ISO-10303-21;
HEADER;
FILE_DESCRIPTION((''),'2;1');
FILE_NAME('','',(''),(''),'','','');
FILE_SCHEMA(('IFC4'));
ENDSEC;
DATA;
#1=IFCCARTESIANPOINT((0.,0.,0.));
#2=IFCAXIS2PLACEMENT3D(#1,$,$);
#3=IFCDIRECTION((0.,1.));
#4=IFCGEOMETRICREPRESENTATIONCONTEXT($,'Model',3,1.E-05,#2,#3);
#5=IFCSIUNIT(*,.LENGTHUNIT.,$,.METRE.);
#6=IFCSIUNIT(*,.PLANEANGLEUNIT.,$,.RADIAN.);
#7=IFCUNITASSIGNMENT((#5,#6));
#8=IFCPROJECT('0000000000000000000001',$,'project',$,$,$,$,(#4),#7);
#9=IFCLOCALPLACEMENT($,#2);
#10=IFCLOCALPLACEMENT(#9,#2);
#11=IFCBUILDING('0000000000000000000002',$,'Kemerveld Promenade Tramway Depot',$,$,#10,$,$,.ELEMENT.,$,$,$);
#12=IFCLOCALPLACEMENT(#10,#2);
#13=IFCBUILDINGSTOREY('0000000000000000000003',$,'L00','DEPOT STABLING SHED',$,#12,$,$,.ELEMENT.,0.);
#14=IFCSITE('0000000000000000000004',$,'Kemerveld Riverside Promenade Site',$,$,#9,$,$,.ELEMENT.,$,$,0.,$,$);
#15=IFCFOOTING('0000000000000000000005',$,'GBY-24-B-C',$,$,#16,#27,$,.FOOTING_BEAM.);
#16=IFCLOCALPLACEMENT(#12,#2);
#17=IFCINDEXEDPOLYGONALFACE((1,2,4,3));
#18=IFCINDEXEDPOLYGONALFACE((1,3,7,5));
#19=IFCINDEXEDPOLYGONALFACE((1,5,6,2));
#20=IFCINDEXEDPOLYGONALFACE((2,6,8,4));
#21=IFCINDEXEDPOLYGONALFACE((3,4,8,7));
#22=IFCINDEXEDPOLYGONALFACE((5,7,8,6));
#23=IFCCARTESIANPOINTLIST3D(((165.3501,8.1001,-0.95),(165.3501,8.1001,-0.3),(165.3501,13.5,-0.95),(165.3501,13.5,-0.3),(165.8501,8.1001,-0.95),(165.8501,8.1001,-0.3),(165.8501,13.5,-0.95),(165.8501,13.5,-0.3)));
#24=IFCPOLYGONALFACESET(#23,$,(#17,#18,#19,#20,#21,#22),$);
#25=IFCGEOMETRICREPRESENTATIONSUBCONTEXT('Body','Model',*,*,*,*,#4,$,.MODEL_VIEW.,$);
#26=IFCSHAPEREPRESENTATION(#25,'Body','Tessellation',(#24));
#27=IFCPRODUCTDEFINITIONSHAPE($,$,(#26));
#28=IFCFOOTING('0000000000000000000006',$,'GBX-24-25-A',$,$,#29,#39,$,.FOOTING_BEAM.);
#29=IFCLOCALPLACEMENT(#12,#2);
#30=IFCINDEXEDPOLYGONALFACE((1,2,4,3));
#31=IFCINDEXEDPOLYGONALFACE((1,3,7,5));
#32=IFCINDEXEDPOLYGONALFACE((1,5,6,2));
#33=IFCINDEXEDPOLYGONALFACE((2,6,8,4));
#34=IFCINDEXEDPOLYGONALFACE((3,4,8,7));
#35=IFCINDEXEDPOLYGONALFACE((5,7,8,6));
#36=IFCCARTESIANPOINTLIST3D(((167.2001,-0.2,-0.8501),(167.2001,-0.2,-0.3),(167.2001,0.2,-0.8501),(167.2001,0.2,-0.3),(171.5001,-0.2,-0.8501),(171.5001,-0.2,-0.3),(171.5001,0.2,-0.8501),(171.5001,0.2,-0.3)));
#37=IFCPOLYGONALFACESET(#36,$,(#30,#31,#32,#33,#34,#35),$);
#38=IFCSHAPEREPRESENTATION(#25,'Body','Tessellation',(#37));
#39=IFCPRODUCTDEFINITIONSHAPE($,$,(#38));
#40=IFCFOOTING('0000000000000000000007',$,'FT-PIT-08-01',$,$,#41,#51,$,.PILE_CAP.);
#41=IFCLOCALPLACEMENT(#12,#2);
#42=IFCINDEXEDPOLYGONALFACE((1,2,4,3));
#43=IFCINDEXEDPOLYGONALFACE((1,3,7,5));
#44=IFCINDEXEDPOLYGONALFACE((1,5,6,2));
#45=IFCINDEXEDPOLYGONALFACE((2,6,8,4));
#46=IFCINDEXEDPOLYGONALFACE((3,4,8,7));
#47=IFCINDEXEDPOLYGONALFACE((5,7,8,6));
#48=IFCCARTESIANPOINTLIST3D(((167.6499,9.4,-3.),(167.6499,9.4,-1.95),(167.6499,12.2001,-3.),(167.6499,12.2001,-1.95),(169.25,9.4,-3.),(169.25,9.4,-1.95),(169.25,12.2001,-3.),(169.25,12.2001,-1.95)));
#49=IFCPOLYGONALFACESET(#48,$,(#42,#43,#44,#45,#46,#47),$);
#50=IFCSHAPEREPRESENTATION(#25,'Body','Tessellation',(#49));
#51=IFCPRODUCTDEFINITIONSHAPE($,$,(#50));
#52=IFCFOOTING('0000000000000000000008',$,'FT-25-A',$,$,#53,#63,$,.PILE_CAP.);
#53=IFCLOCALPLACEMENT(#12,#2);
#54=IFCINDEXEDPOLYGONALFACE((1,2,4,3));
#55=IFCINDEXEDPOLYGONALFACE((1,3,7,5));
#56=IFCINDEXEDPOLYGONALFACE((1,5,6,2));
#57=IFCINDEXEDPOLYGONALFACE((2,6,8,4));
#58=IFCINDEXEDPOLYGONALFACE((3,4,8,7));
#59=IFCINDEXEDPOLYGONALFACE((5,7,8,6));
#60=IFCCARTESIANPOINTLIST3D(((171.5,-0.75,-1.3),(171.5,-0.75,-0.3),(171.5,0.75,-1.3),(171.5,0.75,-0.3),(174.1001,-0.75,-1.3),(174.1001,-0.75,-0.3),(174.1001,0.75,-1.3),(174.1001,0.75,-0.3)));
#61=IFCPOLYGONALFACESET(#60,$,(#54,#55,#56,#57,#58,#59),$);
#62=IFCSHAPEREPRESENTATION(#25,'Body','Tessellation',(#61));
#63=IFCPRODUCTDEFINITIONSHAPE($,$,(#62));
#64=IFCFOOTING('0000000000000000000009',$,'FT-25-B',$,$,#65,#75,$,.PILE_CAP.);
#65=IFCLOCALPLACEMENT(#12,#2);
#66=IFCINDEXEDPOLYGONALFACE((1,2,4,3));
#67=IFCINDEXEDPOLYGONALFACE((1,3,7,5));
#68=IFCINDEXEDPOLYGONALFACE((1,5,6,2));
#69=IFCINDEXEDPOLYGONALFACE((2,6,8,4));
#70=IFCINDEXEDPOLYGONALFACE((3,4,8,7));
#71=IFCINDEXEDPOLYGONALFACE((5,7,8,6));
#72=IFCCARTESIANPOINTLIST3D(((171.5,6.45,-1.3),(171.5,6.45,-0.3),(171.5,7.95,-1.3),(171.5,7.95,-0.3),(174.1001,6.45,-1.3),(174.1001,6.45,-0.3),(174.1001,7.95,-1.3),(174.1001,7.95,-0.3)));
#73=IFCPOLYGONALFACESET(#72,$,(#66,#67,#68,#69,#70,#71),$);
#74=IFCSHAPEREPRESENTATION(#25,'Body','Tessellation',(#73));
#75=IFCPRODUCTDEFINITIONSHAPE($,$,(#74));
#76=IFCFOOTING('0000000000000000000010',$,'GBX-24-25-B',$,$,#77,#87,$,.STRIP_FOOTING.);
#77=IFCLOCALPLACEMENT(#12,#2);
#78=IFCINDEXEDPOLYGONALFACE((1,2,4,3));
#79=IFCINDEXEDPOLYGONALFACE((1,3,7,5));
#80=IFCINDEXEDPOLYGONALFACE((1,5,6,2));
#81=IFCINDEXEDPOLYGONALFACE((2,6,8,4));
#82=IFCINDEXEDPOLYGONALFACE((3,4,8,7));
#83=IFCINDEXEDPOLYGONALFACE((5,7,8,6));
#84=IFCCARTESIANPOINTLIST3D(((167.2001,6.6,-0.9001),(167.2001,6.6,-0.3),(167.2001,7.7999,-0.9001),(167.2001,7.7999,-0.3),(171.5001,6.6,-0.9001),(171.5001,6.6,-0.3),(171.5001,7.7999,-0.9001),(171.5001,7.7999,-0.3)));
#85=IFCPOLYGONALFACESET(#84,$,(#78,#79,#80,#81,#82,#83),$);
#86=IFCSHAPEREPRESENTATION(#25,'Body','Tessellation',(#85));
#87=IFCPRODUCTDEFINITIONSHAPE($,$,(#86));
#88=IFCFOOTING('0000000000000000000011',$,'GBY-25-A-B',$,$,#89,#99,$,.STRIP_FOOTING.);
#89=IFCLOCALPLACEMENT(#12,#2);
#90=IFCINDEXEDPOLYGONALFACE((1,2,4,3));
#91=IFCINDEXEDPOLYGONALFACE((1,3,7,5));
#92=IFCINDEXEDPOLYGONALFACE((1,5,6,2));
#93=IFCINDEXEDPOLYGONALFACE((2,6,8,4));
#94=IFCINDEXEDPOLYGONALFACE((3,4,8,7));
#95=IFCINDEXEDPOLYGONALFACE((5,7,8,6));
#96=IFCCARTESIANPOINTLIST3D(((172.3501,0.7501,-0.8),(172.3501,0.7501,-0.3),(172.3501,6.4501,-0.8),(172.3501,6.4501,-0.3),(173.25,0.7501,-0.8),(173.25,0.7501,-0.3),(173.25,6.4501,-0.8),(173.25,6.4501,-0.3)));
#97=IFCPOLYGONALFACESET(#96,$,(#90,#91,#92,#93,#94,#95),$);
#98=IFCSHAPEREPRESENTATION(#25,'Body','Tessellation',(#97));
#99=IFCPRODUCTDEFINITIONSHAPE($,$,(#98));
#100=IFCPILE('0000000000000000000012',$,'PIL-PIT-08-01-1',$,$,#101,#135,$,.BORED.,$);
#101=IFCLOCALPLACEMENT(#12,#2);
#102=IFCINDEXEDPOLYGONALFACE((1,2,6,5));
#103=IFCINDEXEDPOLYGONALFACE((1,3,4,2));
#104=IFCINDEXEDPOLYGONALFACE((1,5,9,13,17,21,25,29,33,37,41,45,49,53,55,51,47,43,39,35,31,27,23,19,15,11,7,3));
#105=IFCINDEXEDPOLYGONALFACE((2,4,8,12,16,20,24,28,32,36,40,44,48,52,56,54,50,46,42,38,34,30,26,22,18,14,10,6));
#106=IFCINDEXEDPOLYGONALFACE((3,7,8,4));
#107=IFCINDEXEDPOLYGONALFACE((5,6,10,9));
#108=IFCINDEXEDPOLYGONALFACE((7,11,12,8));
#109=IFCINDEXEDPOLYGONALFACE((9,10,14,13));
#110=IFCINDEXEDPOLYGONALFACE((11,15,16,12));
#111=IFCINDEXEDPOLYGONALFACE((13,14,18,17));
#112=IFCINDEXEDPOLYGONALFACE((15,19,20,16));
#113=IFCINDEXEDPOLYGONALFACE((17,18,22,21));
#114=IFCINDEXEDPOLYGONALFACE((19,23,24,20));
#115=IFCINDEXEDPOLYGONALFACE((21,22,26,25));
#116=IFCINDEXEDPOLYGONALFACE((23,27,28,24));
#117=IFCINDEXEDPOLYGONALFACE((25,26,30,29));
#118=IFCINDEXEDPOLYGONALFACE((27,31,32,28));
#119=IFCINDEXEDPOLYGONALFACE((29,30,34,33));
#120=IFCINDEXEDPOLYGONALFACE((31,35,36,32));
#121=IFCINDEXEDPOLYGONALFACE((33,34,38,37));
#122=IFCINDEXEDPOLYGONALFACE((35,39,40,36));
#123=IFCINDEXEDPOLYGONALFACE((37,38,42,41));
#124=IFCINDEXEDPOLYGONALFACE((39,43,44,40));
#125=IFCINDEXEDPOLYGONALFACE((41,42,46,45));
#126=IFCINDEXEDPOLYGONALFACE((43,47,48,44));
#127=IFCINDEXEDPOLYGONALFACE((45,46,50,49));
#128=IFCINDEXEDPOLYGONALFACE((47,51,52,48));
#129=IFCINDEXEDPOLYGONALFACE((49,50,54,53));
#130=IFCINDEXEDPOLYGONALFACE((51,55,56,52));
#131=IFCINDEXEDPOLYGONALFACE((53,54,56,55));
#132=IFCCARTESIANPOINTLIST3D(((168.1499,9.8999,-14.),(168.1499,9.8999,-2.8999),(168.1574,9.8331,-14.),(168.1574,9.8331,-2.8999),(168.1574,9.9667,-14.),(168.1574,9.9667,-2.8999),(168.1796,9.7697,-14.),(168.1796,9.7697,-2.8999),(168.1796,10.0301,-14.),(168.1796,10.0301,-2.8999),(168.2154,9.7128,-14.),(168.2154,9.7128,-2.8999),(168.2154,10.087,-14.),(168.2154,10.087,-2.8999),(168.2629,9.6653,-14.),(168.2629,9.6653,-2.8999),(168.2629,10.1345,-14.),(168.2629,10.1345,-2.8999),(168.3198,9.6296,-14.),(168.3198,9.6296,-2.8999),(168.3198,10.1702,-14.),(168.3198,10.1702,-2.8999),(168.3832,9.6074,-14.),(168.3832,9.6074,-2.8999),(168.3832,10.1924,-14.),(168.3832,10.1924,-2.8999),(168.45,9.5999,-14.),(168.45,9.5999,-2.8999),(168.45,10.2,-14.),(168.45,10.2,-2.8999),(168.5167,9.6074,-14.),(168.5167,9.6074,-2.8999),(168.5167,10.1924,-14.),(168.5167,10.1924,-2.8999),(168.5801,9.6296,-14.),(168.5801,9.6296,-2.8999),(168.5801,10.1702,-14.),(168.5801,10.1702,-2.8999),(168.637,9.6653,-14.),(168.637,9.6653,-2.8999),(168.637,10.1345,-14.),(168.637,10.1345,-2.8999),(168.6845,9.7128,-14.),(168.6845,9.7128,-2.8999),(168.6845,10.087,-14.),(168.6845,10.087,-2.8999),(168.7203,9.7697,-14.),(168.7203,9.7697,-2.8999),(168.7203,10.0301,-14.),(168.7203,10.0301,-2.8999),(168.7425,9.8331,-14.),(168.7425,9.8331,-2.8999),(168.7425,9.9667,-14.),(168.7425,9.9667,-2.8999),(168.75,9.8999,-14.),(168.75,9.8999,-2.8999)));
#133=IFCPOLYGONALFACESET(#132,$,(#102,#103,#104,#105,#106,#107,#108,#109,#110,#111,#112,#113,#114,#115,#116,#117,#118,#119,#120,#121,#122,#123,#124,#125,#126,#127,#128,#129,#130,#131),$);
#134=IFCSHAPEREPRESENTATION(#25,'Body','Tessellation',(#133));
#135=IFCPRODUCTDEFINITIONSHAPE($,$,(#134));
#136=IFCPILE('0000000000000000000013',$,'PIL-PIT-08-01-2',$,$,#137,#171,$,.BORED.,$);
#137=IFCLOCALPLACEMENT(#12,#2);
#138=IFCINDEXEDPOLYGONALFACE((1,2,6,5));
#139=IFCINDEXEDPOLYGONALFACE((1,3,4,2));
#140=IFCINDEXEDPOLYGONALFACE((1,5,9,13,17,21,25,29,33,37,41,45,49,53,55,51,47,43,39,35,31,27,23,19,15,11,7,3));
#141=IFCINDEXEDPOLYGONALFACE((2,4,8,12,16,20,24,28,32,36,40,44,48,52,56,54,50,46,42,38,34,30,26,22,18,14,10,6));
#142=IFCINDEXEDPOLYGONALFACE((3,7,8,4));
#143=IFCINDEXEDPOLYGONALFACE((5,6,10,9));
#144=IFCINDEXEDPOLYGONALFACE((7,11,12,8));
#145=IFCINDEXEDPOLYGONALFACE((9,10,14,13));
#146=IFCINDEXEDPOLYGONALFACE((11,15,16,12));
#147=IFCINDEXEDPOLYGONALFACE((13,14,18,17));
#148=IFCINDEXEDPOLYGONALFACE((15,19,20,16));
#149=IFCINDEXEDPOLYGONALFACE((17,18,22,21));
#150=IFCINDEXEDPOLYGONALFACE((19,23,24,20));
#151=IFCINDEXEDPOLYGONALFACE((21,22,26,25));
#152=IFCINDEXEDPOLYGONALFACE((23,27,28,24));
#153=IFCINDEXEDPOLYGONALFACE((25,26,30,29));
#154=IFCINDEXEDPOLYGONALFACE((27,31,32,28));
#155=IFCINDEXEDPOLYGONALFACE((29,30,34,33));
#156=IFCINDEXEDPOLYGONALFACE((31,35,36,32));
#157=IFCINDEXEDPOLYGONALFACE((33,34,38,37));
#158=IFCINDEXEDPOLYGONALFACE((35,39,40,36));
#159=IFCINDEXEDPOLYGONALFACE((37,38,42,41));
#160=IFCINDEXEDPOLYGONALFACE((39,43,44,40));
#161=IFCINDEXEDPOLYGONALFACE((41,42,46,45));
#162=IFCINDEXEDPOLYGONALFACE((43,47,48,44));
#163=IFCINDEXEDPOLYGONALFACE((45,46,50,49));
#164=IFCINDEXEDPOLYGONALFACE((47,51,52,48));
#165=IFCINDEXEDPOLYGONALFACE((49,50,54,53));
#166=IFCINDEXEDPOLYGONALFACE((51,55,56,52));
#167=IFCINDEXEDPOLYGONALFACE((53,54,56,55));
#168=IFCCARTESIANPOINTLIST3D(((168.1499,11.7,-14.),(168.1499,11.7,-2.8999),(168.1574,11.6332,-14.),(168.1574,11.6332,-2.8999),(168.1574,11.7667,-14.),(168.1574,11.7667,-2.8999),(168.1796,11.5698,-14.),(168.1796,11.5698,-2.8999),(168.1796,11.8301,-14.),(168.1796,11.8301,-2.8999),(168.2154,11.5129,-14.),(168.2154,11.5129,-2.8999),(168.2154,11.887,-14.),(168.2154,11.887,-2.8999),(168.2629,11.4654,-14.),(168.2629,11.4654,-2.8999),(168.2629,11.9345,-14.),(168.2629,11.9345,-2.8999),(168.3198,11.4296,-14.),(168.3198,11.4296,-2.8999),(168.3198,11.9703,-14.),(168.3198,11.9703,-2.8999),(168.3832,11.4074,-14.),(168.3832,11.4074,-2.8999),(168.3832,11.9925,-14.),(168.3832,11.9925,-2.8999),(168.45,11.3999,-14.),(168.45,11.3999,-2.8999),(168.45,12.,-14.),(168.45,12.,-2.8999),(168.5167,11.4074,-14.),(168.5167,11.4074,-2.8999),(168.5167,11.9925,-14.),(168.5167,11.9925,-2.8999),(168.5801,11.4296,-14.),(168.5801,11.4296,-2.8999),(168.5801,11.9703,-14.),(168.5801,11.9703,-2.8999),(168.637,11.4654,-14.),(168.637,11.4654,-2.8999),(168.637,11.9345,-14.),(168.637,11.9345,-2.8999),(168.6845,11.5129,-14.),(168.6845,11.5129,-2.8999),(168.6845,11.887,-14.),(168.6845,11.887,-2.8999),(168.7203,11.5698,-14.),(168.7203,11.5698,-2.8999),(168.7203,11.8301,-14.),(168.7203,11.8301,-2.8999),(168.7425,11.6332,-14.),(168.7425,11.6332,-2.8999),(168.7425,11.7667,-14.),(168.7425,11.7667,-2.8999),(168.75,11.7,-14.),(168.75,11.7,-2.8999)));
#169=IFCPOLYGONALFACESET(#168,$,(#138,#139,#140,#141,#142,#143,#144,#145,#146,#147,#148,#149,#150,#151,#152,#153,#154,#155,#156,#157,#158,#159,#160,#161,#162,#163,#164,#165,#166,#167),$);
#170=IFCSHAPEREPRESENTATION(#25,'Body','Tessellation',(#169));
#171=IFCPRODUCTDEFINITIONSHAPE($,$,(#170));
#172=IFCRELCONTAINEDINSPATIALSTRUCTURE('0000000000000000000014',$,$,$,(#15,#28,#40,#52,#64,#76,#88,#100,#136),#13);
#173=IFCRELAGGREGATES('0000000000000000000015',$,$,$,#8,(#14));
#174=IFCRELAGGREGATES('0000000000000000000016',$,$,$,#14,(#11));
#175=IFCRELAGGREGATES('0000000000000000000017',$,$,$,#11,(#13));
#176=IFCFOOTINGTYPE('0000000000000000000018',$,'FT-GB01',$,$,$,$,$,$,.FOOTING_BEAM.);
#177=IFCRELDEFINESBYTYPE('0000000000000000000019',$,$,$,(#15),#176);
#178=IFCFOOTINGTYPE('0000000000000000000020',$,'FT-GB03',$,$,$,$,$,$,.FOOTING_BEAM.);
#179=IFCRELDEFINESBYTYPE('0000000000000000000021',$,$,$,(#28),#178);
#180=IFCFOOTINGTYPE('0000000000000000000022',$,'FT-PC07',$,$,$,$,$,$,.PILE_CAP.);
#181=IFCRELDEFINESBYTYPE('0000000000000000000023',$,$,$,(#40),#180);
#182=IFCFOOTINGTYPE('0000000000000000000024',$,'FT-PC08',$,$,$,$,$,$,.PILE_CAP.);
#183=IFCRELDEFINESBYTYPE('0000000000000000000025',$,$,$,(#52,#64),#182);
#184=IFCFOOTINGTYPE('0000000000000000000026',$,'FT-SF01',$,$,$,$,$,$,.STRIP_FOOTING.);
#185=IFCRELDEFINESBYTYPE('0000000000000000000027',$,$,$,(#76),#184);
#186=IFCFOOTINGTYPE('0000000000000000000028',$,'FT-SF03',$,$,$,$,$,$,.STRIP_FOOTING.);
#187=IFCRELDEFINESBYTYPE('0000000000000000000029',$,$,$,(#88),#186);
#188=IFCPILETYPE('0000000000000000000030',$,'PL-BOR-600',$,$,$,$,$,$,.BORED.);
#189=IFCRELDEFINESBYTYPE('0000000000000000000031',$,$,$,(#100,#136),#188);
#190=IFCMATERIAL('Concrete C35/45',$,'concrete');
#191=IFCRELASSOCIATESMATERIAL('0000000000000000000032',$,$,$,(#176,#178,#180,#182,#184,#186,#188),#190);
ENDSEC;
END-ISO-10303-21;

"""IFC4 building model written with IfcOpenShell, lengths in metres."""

from ifc_helpers import new_model, si_unit, direction, frame, origin, origin_2d, place, context, subcontext, project, spatial, rectangle, circle, extrude, material, material_profile, profile_set, type_object, element, save


model = new_model("IFC4")

# Units and contexts
model_context = context("Model", 3, precision=1e-05, world=origin(), true_north=direction((0.0, 1.0)))
body_context = subcontext(model_context, "Body", "Model", "MODEL_VIEW")
ifc_project = project(units=[si_unit("LENGTHUNIT", "METRE"), si_unit("PLANEANGLEUNIT", "RADIAN")], contexts=[model_context])

# Site, building, storey
site_placement = place(None, origin())
site = spatial("IfcSite", under=ifc_project, at=site_placement, Name="Kemerveld Riverside Promenade Site", CompositionType="ELEMENT", RefElevation=0.0)
building_placement = place(site_placement, origin())
building = spatial("IfcBuilding", under=site, at=building_placement, Name="Kemerveld Promenade Tramway Depot", CompositionType="ELEMENT")
storey_placement = place(building_placement, origin())
storey = spatial("IfcBuildingStorey", under=building, at=storey_placement, Name="L00", Description="DEPOT STABLING SHED", CompositionType="ELEMENT", Elevation=0.0)

# Footings
ifc_material_1 = material(Name="Concrete C35/45", Category="concrete")
footing_type_1 = type_object("IfcFootingType", Name="FT-GB01", PredefinedType="FOOTING_BEAM", material=ifc_material_1)
footing_1_placement = place(storey_placement, frame((165.6001, 10.8, -0.95), z_axis=(0.0, 0.0, 1.0), x_axis=(0.0, 1.0, 0.0)))
element("IfcFooting", 1, at=footing_1_placement, inside=storey, type_object=footing_type_1, Name="GBY-24-B-C", PredefinedType="FOOTING_BEAM", context=body_context, shape_type="SweptSolid", body=[
    extrude(rectangle(XDim=5.3999, YDim=0.5, at=origin_2d()), origin(), (0.0, 0.0, 1.0), 0.6499),
])
footing_type_2 = type_object("IfcFootingType", Name="FT-GB03", PredefinedType="FOOTING_BEAM", material=ifc_material_1)
footing_2_placement = place(storey_placement, frame((169.3501, 0.0, -0.8501), z_axis=(0.0, 0.0, 1.0), x_axis=(1.0, 0.0, 0.0)))
element("IfcFooting", 2, at=footing_2_placement, inside=storey, type_object=footing_type_2, Name="GBX-24-25-A", PredefinedType="FOOTING_BEAM", context=body_context, shape_type="SweptSolid", body=[
    extrude(rectangle(XDim=4.3, YDim=0.3999, at=origin_2d()), origin(), (0.0, 0.0, 1.0), 0.55),
])
footing_type_3 = type_object("IfcFootingType", Name="FT-PC07", PredefinedType="PILE_CAP", material=ifc_material_1)
footing_3_placement = place(storey_placement, frame((168.45, 10.8, -3.0), z_axis=(0.0, 0.0, 1.0), x_axis=(1.0, 0.0, 0.0)))
element("IfcFooting", 3, at=footing_3_placement, inside=storey, type_object=footing_type_3, Name="FT-PIT-08-01", PredefinedType="PILE_CAP", context=body_context, shape_type="SweptSolid", body=[
    extrude(rectangle(XDim=1.6001, YDim=2.8, at=origin_2d()), origin(), (0.0, 0.0, 1.0), 1.05),
])
footing_type_4 = type_object("IfcFootingType", Name="FT-PC08", PredefinedType="PILE_CAP", material=ifc_material_1)
for number, where, z_axis, x_axis, name in (
    (4, (172.8, 0.0, -1.3), (0.0, 0.0, 1.0), (1.0, 0.0, 0.0), "FT-25-A"),
    (5, (172.8, 7.2, -1.3), (0.0, 0.0, 1.0), (1.0, 0.0, 0.0), "FT-25-B"),
):
    element("IfcFooting", number, at=place(storey_placement, frame(where, z_axis=z_axis, x_axis=x_axis)), inside=storey, type_object=footing_type_4, Name=name, PredefinedType="PILE_CAP", context=body_context, shape_type="SweptSolid", body=[
        extrude(rectangle(XDim=2.6001, YDim=1.5, at=origin_2d()), origin(), (0.0, 0.0, 1.0), 1.0),
    ])
footing_type_5 = type_object("IfcFootingType", Name="FT-SF01", PredefinedType="STRIP_FOOTING", material=ifc_material_1)
footing_4_placement = place(storey_placement, frame((169.3501, 7.2, -0.9001), z_axis=(0.0, 0.0, 1.0), x_axis=(1.0, 0.0, 0.0)))
element("IfcFooting", 6, at=footing_4_placement, inside=storey, type_object=footing_type_5, Name="GBX-24-25-B", PredefinedType="STRIP_FOOTING", context=body_context, shape_type="SweptSolid", body=[
    extrude(rectangle(XDim=4.3, YDim=1.2, at=origin_2d()), origin(), (0.0, 0.0, 1.0), 0.6001),
])
footing_type_6 = type_object("IfcFootingType", Name="FT-SF03", PredefinedType="STRIP_FOOTING", material=ifc_material_1)
footing_5_placement = place(storey_placement, frame((172.8, 3.6001, -0.8), z_axis=(0.0, 0.0, 1.0), x_axis=(0.0, 1.0, 0.0)))
element("IfcFooting", 7, at=footing_5_placement, inside=storey, type_object=footing_type_6, Name="GBY-25-A-B", PredefinedType="STRIP_FOOTING", context=body_context, shape_type="SweptSolid", body=[
    extrude(rectangle(XDim=5.7, YDim=0.8999, at=origin_2d()), origin(), (0.0, 0.0, 1.0), 0.5),
])

# Piles
ifc_material_profile_1 = material_profile(ifc_material_1, circle(Radius=0.3, at=origin_2d()), Name="PILE-D600")
ifc_profile_set_1 = profile_set([ifc_material_profile_1], Name="Concrete C35/45")
pile_type_1 = type_object("IfcPileType", Name="PL-BOR-600", PredefinedType="BORED", material=ifc_profile_set_1)
for number, where, z_axis, x_axis, name in (
    (8, (168.45, 9.8999, -2.8999), (0.0, 0.0, -1.0), (1.0, 0.0, 0.0), "PIL-PIT-08-01-1"),
    (9, (168.45, 11.7, -2.8999), (0.0, 0.0, -1.0), (1.0, 0.0, 0.0), "PIL-PIT-08-01-2"),
):
    element("IfcPile", number, at=place(storey_placement, frame(where, z_axis=z_axis, x_axis=x_axis)), inside=storey, type_object=pile_type_1, Name=name, PredefinedType="BORED", context=body_context, shape_type="SweptSolid", body=[
        extrude(circle(Radius=0.3, at=origin_2d()), origin(), (0.0, 0.0, 1.0), 11.1001),
    ])

save(model, "model.ifc")
